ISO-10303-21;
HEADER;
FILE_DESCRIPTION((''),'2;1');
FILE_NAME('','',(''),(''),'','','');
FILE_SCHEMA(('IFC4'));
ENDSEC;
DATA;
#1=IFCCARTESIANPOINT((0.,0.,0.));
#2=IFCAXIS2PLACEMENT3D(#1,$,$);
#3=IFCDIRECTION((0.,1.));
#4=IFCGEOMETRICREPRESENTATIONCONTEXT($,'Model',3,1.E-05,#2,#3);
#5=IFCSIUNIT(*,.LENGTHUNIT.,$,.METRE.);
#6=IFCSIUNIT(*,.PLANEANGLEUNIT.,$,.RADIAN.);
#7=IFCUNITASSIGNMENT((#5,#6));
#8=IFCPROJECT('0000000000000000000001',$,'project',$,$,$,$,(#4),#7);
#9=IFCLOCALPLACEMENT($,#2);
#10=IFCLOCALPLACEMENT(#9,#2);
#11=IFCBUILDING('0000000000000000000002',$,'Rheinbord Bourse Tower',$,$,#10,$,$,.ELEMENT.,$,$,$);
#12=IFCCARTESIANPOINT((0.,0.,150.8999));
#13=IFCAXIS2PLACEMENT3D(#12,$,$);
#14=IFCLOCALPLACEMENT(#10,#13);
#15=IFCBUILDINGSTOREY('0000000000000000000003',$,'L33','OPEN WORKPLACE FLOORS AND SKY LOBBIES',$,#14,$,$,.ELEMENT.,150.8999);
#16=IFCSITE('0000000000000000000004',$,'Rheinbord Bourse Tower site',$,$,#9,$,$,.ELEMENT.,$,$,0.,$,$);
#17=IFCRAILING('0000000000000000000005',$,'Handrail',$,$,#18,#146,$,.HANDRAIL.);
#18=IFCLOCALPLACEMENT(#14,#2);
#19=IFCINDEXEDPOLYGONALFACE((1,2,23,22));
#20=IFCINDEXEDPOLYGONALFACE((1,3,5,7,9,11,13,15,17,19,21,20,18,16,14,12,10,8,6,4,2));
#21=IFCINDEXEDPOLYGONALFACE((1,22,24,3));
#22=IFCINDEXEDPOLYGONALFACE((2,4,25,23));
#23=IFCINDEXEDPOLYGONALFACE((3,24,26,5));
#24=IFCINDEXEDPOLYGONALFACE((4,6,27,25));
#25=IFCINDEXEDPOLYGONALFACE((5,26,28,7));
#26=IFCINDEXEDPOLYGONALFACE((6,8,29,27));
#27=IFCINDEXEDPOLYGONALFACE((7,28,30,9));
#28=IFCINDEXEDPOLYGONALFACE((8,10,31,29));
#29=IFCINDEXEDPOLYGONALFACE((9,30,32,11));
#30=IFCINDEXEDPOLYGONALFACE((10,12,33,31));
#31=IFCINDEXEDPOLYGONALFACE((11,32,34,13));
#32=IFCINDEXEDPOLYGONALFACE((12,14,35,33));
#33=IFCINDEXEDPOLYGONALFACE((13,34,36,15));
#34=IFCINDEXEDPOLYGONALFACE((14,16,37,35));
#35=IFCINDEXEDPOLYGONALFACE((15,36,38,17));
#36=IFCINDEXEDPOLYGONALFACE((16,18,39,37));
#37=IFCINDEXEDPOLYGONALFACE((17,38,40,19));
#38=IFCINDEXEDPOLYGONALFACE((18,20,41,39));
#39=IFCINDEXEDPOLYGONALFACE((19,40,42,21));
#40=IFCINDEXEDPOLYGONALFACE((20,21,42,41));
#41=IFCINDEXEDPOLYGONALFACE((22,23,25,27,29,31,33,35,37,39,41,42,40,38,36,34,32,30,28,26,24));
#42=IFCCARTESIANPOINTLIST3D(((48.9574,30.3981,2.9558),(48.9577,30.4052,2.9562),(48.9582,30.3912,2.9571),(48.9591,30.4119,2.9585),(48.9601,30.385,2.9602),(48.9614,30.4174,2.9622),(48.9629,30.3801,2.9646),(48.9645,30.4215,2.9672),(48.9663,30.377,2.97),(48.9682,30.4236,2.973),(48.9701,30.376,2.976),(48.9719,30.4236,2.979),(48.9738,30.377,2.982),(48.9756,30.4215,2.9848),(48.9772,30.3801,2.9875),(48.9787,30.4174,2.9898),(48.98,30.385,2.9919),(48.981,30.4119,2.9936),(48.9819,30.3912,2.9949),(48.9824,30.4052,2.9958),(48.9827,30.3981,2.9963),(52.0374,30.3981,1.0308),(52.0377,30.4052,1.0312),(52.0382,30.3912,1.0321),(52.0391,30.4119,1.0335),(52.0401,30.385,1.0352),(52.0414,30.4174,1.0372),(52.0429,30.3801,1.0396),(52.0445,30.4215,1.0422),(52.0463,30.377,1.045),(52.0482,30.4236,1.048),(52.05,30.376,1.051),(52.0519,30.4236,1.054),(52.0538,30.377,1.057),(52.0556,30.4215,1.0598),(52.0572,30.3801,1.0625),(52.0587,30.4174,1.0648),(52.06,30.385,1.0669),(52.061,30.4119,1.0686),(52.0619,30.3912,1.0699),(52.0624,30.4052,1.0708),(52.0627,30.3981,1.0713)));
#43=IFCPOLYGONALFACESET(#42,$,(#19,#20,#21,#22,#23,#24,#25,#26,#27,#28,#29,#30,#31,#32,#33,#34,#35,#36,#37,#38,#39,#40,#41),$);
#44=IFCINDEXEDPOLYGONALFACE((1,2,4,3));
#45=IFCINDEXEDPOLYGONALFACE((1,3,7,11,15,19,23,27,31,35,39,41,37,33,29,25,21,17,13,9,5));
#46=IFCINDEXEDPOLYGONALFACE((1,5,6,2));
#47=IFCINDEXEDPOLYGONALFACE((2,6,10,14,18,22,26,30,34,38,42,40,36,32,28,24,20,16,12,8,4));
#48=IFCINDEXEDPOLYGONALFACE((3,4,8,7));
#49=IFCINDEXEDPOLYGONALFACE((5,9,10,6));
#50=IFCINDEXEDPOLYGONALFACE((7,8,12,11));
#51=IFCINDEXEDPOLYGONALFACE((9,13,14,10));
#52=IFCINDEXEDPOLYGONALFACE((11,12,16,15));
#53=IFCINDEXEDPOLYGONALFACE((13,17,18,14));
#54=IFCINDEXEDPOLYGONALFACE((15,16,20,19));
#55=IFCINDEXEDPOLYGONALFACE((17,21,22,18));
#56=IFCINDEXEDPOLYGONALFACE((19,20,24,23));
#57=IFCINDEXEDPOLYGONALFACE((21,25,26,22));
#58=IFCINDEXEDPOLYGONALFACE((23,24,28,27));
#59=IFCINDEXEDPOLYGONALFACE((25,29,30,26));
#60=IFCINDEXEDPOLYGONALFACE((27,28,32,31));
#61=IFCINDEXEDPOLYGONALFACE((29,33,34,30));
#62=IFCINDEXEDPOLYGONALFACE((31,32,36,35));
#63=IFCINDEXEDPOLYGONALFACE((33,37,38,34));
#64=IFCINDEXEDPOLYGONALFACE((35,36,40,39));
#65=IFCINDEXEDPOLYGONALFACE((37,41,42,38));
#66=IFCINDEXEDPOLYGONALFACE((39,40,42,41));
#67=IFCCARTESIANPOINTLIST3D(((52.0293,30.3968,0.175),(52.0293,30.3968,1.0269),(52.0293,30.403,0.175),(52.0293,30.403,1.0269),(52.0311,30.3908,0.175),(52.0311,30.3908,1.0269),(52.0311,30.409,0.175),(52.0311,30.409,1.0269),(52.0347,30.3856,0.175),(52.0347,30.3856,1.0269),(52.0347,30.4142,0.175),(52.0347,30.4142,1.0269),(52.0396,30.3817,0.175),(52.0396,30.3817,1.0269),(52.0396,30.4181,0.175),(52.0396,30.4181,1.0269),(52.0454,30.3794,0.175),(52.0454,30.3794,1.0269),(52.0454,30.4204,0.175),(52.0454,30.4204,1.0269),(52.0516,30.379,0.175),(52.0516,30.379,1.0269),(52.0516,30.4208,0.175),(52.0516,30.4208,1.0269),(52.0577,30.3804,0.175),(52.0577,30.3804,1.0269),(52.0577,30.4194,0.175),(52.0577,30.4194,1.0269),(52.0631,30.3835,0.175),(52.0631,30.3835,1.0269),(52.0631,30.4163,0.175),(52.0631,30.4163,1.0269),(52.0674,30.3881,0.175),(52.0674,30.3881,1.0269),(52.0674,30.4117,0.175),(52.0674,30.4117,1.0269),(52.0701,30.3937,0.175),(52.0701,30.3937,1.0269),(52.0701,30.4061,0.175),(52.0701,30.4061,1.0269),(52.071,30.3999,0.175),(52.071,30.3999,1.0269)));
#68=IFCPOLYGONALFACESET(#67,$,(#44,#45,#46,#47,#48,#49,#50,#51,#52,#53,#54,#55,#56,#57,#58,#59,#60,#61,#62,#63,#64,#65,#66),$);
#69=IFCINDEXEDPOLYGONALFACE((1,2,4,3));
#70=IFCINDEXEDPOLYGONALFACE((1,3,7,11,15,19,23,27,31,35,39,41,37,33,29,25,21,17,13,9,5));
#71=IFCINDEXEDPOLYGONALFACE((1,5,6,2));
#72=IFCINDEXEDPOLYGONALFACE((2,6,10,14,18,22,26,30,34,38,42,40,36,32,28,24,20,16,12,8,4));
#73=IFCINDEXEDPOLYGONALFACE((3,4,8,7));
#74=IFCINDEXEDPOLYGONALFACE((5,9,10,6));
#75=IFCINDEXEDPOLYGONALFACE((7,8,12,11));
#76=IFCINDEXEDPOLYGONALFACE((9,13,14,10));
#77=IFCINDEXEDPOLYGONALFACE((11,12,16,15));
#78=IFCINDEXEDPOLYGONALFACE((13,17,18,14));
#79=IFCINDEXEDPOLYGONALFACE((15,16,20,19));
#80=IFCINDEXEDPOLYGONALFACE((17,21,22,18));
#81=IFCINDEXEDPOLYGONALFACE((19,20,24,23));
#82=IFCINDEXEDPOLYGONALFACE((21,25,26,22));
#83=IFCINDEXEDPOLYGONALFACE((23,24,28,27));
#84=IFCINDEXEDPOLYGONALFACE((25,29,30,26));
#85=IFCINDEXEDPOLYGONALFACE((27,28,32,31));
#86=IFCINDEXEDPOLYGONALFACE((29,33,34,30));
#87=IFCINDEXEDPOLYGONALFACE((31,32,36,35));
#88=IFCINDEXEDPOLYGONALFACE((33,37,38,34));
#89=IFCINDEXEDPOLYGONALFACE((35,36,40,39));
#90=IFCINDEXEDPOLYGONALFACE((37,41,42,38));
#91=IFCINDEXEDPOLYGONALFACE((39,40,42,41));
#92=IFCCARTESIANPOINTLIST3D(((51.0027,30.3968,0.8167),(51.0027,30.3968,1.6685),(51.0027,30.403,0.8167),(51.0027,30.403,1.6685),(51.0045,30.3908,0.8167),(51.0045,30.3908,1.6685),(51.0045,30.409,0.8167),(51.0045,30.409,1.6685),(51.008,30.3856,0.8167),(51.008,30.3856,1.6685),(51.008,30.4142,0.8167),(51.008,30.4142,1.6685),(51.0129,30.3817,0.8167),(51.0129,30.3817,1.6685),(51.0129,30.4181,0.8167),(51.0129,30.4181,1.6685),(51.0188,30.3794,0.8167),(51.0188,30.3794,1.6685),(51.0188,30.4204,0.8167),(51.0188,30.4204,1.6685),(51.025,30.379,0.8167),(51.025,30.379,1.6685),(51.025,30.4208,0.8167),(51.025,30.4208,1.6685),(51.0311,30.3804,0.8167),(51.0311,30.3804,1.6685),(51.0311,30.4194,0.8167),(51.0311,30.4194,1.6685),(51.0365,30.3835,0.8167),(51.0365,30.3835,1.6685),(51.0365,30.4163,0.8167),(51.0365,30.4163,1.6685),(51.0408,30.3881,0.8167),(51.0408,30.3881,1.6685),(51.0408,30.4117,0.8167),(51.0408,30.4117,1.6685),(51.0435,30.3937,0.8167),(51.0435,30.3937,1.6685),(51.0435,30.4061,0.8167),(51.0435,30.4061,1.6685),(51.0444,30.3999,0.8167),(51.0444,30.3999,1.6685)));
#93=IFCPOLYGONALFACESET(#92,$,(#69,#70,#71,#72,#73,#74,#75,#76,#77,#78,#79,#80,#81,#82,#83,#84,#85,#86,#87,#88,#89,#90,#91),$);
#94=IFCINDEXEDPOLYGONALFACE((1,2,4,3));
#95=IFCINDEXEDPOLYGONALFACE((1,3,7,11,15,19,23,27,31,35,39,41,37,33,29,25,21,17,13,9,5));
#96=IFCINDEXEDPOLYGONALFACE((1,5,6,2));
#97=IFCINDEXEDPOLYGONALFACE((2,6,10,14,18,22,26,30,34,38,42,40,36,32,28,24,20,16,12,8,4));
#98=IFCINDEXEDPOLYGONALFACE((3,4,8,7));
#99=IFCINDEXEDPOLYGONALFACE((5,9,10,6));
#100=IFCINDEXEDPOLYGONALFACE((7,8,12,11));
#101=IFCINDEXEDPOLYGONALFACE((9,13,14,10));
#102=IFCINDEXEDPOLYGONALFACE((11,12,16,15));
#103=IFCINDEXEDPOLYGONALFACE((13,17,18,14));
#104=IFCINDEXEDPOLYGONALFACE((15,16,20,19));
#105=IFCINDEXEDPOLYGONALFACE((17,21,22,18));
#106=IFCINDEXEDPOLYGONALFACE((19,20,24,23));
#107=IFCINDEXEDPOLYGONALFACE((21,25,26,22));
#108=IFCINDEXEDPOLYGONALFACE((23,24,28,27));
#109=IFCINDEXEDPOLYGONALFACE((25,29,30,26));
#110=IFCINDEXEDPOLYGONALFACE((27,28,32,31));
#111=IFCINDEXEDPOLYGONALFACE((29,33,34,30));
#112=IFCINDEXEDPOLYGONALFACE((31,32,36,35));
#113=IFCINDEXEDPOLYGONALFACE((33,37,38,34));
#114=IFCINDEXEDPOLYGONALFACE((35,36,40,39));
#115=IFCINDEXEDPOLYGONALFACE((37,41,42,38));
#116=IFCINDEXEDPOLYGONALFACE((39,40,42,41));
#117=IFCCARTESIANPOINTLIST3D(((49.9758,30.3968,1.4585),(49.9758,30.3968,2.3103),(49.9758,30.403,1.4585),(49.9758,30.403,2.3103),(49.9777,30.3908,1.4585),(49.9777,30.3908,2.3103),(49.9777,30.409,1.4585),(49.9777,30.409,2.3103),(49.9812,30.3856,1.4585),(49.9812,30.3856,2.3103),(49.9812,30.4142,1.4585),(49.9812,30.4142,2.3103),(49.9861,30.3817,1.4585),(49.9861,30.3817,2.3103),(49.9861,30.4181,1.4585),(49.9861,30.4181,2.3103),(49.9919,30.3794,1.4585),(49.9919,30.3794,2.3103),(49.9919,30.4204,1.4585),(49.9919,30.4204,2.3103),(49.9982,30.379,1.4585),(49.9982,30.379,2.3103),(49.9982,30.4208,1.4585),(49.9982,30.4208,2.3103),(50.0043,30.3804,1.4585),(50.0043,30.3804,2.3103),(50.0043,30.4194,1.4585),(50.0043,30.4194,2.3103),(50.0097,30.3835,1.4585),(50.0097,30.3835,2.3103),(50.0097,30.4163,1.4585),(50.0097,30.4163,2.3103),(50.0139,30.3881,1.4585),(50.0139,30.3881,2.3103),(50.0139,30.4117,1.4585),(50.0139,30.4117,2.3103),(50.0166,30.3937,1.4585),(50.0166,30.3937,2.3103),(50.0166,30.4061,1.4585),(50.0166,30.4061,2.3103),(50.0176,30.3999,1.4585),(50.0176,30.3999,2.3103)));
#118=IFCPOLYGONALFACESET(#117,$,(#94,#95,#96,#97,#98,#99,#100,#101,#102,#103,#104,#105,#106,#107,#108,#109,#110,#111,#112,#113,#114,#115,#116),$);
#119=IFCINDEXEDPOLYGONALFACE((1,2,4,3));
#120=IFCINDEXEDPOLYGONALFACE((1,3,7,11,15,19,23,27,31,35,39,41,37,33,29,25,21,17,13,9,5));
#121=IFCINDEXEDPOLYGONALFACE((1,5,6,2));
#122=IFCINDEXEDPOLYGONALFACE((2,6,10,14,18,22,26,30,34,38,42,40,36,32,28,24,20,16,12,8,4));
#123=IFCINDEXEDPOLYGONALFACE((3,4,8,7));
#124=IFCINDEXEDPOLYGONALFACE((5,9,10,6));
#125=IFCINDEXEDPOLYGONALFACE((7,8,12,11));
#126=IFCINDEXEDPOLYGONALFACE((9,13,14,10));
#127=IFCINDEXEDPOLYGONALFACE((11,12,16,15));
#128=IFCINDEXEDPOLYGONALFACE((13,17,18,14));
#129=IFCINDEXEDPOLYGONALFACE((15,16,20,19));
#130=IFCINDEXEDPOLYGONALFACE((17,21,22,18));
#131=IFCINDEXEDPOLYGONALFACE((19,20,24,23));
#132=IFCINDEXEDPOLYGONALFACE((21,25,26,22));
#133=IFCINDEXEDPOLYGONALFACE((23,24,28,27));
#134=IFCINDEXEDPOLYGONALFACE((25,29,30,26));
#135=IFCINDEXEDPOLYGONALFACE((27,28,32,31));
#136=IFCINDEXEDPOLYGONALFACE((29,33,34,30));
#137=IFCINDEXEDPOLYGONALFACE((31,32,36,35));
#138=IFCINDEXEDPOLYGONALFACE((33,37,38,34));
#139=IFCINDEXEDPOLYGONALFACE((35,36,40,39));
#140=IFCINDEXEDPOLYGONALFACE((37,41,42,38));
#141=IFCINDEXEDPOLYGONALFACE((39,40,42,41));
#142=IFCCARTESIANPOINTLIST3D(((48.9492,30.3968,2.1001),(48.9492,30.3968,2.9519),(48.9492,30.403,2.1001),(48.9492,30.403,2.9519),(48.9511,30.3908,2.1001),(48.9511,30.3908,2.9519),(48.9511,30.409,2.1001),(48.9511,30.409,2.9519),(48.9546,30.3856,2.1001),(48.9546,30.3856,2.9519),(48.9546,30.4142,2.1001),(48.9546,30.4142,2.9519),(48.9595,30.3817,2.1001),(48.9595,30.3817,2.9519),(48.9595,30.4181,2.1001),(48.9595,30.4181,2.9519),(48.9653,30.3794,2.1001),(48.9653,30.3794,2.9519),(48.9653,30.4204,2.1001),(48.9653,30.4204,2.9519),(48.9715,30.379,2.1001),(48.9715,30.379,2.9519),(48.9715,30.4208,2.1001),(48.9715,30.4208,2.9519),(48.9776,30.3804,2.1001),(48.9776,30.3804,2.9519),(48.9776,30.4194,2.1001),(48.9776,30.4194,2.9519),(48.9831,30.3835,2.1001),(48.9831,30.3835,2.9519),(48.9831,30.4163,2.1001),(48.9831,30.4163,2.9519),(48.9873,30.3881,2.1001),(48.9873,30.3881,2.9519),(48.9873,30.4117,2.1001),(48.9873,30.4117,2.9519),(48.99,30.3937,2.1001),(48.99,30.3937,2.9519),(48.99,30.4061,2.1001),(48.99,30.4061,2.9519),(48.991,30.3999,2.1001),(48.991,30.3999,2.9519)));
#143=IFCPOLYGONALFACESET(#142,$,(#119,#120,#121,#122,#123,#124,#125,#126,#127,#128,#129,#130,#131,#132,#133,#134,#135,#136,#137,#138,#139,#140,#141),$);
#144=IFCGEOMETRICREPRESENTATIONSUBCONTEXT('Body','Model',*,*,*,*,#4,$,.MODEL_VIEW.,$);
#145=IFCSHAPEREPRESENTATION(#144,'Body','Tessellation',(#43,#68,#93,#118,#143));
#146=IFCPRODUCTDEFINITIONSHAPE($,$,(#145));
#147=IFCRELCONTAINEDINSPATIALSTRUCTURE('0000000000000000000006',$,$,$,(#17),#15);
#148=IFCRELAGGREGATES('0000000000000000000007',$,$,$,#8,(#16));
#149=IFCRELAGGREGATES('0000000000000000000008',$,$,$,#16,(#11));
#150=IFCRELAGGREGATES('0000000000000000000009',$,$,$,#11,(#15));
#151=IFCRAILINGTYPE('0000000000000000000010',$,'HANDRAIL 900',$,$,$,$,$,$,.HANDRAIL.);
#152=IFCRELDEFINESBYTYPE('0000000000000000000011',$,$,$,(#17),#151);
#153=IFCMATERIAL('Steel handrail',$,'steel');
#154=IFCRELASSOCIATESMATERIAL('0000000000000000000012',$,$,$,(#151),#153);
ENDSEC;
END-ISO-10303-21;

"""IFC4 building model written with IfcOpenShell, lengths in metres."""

from ifc_helpers import new_model, si_unit, direction, frame, origin, origin_2d, place, context, subcontext, project, spatial, circle, extrude, material, type_object, element, save


model = new_model("IFC4")

# Units and contexts
model_context = context("Model", 3, precision=1e-05, world=origin(), true_north=direction((0.0, 1.0)))
body_context = subcontext(model_context, "Body", "Model", "MODEL_VIEW")
ifc_project = project(units=[si_unit("LENGTHUNIT", "METRE"), si_unit("PLANEANGLEUNIT", "RADIAN")], contexts=[model_context])

# Site, building, storey
site_placement = place(None, origin())
site = spatial("IfcSite", under=ifc_project, at=site_placement, Name="Rheinbord Bourse Tower site", CompositionType="ELEMENT", RefElevation=0.0)
building_placement = place(site_placement, origin())
building = spatial("IfcBuilding", under=site, at=building_placement, Name="Rheinbord Bourse Tower", CompositionType="ELEMENT")
storey_placement = place(building_placement, frame((0.0, 0.0, 150.8999)))
storey = spatial("IfcBuildingStorey", under=building, at=storey_placement, Name="L33", Description="OPEN WORKPLACE FLOORS AND SKY LOBBIES", CompositionType="ELEMENT", Elevation=150.8999)

# Railing
ifc_material_1 = material(Name="Steel handrail", Category="steel")
railing_type = type_object("IfcRailingType", Name="HANDRAIL 900", PredefinedType="HANDRAIL", material=ifc_material_1)
railing_1_placement = place(storey_placement, frame((52.05, 30.3999, 0.175)))
element("IfcRailing", 1, at=railing_1_placement, inside=storey, type_object=railing_type, Name="Handrail", PredefinedType="HANDRAIL", context=body_context, shape_type="SweptSolid", body=[
    extrude(circle(Radius=0.0239, at=origin_2d()), frame((0.0, 0.0, 0.876), z_axis=(-0.847998, 0.0, 0.529999), x_axis=(0.0, -1.0, 0.0)), (0.0, 0.0, 1.0), 3.6321),
    extrude(circle(Radius=0.021, at=origin_2d()), origin(), (0.0, 0.0, 1.0), 0.8518),
    extrude(circle(Radius=0.021, at=origin_2d()), frame((-1.0266, 0.0, 0.6416)), (0.0, 0.0, 1.0), 0.8518),
    extrude(circle(Radius=0.021, at=origin_2d()), frame((-2.0535, 0.0, 1.2834)), (0.0, 0.0, 1.0), 0.8518),
    extrude(circle(Radius=0.021, at=origin_2d()), frame((-3.0801, 0.0, 1.925)), (0.0, 0.0, 1.0), 0.8518),
])

save(model, "model.ifc")
